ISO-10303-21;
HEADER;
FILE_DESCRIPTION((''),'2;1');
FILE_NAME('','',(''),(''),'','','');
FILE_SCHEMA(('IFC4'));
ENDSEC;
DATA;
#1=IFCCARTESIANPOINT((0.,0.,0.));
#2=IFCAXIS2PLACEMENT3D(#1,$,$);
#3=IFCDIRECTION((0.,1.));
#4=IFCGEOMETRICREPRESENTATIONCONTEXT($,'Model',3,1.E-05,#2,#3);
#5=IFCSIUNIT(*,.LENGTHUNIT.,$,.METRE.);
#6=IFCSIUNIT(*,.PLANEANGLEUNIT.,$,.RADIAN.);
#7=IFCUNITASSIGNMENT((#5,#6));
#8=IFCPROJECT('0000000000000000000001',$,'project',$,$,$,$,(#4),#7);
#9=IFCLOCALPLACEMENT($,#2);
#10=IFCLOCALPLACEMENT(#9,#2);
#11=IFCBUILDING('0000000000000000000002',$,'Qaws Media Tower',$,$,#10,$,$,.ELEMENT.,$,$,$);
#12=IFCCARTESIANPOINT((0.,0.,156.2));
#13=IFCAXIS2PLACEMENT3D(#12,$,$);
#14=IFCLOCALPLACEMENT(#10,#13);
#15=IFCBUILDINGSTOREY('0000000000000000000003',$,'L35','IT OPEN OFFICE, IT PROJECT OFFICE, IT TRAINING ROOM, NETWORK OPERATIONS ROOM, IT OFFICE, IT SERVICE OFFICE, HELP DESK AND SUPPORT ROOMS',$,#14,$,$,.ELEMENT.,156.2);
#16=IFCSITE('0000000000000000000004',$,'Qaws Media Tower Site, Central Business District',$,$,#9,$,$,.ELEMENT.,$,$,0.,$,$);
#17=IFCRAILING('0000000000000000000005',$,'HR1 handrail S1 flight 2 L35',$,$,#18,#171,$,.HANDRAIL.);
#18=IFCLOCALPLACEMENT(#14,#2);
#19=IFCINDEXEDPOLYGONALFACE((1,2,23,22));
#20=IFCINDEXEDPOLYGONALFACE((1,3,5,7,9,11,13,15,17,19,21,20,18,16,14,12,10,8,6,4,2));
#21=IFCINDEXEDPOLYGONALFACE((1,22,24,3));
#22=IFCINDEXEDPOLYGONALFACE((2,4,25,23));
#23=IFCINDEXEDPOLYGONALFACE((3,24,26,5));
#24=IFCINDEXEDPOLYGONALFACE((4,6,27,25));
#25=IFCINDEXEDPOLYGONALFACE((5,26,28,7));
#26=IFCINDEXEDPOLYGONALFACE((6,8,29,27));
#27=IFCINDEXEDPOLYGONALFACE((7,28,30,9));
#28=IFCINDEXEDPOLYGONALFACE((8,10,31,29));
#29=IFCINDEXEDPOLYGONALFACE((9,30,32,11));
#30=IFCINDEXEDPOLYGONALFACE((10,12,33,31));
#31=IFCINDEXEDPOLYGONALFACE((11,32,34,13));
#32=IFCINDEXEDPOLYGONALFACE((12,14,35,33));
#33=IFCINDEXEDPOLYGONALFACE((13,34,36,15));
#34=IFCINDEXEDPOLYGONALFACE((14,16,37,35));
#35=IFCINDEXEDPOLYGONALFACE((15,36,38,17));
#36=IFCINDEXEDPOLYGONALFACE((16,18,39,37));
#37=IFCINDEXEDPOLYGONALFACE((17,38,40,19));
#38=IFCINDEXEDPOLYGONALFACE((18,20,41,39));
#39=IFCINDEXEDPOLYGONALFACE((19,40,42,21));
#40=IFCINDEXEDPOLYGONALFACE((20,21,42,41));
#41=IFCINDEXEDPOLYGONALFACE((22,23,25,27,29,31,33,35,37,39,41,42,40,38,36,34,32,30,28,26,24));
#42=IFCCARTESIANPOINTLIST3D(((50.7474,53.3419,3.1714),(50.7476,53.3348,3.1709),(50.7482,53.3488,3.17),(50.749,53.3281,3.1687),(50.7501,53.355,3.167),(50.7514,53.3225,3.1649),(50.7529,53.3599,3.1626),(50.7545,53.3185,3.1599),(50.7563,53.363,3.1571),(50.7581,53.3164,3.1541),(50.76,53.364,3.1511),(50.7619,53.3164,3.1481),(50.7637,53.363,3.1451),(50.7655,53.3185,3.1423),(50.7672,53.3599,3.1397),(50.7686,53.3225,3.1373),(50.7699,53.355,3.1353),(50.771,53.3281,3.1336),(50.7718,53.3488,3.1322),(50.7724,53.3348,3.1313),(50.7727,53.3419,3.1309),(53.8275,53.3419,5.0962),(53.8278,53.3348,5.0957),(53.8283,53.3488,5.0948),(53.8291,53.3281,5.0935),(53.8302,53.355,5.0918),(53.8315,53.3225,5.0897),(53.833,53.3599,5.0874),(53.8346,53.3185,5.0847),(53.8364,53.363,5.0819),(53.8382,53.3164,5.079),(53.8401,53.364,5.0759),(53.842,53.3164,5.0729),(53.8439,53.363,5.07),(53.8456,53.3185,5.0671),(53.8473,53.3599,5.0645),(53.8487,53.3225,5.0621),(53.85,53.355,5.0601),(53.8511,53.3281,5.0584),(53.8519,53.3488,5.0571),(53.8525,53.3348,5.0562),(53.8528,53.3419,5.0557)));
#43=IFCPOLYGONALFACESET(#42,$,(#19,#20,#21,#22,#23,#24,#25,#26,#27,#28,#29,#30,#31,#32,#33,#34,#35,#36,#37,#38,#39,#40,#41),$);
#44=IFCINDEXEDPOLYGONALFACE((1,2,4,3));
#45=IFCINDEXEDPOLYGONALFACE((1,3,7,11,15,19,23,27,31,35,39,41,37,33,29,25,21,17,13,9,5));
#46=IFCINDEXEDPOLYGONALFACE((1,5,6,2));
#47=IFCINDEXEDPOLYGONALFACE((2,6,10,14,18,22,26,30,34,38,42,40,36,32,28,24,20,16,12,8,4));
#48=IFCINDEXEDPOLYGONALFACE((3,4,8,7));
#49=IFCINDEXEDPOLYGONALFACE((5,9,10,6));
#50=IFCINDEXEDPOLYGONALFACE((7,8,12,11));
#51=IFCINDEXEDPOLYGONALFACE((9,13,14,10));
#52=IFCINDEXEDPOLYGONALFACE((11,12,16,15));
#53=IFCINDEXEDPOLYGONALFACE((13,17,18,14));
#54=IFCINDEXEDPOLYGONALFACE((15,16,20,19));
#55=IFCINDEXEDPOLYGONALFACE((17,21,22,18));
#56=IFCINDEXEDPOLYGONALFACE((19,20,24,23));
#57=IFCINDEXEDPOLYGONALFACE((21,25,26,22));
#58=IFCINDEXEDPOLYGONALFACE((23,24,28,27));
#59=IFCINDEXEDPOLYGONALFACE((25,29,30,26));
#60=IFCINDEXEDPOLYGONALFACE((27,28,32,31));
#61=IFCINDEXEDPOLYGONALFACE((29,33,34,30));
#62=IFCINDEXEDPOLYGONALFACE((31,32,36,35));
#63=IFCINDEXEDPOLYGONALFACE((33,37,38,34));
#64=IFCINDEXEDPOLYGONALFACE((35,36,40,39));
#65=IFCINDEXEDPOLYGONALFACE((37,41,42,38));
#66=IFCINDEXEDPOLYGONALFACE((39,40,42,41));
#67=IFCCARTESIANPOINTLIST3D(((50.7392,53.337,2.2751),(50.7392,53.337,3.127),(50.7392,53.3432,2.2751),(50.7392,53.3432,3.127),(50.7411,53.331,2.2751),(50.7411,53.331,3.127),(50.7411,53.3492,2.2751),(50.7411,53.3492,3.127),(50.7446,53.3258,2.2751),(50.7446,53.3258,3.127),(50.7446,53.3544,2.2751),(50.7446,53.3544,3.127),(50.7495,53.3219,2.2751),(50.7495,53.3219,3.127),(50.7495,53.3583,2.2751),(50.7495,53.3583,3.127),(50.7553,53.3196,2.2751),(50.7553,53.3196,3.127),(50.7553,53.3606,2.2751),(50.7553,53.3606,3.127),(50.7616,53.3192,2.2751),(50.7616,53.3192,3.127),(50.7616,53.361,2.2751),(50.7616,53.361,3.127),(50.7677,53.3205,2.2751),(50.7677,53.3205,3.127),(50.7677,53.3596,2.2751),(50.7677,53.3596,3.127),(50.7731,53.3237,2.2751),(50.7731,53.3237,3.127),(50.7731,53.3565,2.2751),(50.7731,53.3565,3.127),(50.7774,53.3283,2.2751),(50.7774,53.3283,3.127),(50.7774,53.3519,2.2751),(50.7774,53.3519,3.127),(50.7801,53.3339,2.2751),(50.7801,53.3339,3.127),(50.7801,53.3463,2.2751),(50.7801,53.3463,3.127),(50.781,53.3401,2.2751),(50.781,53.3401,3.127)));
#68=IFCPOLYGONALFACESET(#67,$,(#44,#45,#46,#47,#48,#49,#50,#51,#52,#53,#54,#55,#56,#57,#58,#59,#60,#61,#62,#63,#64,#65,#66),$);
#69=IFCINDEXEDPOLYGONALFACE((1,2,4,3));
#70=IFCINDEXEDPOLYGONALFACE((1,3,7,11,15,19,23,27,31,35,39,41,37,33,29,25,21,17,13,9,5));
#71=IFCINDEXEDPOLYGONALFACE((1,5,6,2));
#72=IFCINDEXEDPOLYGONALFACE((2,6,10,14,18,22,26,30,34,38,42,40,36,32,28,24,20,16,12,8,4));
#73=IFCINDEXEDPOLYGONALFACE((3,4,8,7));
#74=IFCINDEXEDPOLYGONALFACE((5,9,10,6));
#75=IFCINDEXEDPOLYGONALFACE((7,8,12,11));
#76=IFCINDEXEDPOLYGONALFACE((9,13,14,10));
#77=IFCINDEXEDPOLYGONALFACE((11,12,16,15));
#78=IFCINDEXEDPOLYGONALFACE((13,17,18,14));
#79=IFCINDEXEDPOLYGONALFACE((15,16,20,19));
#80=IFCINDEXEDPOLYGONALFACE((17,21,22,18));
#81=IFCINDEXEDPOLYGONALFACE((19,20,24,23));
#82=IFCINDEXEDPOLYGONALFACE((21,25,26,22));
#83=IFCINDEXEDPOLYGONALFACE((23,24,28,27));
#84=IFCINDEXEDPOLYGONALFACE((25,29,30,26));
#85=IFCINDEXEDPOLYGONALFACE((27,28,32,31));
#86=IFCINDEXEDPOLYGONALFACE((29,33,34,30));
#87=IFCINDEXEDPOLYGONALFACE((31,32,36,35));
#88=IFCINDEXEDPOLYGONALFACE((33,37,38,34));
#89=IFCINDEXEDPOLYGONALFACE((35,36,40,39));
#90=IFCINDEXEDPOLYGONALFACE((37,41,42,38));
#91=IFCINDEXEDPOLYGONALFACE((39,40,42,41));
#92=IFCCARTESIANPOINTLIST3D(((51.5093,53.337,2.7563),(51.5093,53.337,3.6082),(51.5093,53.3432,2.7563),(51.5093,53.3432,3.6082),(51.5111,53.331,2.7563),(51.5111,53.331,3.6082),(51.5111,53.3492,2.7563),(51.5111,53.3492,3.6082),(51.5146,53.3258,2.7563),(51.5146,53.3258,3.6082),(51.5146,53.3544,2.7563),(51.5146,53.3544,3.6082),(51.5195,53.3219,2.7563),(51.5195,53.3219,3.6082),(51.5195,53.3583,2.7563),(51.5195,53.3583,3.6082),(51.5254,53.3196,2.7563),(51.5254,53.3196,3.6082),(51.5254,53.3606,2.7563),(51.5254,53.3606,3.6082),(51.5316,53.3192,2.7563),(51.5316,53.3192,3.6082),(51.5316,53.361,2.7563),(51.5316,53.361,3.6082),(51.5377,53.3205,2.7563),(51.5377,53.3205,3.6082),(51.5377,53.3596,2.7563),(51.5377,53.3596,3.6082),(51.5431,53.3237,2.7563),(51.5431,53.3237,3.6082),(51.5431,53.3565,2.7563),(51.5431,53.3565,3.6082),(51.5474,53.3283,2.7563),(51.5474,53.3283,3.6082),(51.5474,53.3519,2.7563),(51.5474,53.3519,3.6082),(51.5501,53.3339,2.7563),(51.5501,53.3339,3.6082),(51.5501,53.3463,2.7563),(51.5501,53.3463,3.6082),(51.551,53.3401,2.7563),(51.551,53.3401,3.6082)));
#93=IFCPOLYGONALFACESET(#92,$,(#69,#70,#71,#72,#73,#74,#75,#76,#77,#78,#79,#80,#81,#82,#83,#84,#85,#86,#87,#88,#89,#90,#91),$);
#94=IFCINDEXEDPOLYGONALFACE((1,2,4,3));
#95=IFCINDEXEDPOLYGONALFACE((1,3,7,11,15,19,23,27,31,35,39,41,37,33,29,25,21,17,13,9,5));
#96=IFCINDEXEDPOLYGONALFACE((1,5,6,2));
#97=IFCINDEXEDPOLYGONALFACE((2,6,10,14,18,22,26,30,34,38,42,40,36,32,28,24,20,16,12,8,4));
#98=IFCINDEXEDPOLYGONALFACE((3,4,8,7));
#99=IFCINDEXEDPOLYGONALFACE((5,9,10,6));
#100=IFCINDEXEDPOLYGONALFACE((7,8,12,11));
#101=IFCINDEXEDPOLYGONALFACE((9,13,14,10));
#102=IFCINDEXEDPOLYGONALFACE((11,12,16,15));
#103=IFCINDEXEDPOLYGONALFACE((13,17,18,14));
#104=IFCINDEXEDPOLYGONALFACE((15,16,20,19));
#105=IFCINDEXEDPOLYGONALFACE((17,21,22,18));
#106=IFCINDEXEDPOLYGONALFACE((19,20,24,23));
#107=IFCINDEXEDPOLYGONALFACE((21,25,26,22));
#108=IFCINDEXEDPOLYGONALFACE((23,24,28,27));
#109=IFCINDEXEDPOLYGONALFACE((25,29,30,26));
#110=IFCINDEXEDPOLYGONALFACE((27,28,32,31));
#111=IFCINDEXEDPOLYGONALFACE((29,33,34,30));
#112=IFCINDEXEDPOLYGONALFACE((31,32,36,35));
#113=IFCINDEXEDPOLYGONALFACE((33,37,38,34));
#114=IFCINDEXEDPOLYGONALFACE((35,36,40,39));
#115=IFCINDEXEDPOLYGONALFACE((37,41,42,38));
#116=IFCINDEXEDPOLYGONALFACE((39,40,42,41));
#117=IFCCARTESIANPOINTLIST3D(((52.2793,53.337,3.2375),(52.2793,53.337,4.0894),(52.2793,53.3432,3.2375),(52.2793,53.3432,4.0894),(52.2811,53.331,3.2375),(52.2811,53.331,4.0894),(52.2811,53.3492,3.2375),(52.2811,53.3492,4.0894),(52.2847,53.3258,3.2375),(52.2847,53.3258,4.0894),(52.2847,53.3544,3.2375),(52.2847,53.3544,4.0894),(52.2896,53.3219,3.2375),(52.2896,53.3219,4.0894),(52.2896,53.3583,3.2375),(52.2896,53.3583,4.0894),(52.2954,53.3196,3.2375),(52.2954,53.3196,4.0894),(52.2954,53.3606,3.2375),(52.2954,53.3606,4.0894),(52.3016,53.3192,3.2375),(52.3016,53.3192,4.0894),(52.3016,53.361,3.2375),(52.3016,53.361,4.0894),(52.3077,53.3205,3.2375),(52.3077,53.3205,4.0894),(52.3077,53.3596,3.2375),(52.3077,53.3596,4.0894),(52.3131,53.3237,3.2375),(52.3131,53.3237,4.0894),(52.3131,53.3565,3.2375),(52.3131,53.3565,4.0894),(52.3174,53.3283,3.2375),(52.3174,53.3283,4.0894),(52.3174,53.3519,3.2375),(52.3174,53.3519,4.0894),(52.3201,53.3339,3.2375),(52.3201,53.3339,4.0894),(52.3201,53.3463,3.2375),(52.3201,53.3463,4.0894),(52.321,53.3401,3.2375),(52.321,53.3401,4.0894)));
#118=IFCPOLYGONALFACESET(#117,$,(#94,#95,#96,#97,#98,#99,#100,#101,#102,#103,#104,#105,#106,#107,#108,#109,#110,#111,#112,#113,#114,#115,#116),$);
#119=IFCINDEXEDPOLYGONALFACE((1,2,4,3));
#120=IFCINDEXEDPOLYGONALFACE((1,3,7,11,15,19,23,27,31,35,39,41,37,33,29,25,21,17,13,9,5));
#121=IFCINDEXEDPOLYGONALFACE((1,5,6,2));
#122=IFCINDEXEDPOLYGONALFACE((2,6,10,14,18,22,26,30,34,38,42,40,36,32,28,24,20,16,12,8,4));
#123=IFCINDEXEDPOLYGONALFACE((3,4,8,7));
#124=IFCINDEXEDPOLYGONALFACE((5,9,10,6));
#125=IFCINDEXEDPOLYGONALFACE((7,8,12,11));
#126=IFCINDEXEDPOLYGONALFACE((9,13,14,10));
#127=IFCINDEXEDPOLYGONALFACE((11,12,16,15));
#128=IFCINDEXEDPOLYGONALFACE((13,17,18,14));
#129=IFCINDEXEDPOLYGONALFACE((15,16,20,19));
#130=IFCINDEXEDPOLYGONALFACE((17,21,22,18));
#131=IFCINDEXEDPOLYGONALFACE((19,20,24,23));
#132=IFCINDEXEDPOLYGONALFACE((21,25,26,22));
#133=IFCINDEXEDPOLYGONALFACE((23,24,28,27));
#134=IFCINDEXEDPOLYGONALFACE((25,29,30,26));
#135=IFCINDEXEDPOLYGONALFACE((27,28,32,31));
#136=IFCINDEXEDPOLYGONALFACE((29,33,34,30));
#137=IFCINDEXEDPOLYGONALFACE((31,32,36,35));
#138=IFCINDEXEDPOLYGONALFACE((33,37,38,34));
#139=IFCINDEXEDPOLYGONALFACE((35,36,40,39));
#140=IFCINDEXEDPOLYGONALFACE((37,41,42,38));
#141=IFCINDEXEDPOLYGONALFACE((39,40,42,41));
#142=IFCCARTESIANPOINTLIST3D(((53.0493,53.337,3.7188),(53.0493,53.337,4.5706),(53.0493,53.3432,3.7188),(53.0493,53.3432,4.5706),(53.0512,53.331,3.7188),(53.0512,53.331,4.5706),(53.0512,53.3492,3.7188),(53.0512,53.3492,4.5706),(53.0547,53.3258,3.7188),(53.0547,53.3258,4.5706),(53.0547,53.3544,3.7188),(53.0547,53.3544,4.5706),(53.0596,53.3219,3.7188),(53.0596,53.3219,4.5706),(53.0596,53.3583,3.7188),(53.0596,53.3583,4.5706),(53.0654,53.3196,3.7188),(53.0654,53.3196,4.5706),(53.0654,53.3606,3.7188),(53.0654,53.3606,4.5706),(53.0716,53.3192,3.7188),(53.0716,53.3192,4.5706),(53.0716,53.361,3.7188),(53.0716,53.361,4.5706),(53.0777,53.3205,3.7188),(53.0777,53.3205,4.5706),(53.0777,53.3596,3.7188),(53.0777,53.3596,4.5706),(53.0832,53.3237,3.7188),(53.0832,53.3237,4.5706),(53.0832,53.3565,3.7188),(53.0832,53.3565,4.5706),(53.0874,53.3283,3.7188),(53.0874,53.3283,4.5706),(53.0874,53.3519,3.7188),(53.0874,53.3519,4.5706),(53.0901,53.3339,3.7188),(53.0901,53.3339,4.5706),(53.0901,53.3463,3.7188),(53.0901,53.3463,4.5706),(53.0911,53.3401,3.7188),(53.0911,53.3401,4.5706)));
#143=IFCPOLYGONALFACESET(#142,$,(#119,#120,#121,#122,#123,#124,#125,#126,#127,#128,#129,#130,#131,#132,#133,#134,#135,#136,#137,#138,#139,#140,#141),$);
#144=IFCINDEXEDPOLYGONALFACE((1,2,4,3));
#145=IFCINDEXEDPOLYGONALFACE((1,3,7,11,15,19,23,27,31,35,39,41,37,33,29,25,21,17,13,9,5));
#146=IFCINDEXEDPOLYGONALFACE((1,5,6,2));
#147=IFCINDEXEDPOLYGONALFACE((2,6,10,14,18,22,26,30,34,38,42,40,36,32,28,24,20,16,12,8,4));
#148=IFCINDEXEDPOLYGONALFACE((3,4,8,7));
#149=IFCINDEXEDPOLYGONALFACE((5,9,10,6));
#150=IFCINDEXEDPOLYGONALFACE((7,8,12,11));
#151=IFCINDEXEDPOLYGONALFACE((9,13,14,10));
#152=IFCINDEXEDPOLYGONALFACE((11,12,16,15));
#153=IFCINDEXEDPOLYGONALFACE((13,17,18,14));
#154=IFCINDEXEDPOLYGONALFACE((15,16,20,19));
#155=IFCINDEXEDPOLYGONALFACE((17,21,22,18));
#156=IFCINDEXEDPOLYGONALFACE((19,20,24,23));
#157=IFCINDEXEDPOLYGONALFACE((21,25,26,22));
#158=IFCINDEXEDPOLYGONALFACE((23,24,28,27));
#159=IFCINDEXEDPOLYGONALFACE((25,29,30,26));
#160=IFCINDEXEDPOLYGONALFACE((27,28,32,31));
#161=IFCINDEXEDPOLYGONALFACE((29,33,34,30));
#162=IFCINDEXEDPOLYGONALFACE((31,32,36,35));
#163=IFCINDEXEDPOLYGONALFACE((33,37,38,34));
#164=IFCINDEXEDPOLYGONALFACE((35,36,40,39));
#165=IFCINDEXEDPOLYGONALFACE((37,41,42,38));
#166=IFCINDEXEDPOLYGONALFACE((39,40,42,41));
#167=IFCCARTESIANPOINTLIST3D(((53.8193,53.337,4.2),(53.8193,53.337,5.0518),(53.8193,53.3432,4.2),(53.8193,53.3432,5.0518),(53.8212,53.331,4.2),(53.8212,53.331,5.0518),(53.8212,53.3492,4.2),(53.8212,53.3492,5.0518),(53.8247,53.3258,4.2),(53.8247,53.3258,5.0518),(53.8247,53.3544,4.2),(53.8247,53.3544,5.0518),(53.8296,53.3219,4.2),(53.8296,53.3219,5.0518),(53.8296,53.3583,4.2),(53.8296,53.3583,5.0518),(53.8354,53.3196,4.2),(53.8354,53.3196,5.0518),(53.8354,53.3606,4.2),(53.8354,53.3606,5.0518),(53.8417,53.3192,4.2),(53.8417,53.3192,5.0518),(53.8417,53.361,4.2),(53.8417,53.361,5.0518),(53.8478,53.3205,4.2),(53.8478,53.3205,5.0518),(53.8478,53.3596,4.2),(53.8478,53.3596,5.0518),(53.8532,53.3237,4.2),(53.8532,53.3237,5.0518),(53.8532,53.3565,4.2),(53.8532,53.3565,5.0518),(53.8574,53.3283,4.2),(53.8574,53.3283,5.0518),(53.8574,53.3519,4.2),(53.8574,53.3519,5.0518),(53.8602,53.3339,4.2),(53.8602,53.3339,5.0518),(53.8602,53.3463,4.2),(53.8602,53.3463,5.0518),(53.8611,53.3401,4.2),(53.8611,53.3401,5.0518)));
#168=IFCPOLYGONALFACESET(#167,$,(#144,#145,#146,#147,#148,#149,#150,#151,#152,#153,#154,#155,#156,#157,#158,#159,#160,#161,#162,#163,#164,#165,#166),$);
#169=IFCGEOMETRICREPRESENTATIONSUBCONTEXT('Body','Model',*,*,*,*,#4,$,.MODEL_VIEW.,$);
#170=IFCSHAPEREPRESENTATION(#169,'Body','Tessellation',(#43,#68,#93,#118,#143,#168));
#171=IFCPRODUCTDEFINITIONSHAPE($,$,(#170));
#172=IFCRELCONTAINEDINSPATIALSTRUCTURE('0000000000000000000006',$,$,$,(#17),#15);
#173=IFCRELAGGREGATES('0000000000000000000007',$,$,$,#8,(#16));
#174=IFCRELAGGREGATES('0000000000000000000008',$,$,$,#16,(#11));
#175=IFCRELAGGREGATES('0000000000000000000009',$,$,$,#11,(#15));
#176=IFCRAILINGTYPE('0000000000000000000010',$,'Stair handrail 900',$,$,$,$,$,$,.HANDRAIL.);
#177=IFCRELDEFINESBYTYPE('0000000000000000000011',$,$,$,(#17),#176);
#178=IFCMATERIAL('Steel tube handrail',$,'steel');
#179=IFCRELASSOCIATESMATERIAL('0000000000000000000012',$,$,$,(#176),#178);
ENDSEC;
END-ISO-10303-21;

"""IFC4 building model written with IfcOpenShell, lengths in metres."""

from ifc_helpers import new_model, si_unit, direction, frame, origin, origin_2d, place, context, subcontext, project, spatial, circle, extrude, material, type_object, element, save


model = new_model("IFC4")

# Units and contexts
model_context = context("Model", 3, precision=1e-05, world=origin(), true_north=direction((0.0, 1.0)))
body_context = subcontext(model_context, "Body", "Model", "MODEL_VIEW")
ifc_project = project(units=[si_unit("LENGTHUNIT", "METRE"), si_unit("PLANEANGLEUNIT", "RADIAN")], contexts=[model_context])

# Site, building, storey
site_placement = place(None, origin())
site = spatial("IfcSite", under=ifc_project, at=site_placement, Name="Qaws Media Tower Site, Central Business District", CompositionType="ELEMENT", RefElevation=0.0)
building_placement = place(site_placement, origin())
building = spatial("IfcBuilding", under=site, at=building_placement, Name="Qaws Media Tower", CompositionType="ELEMENT")
storey_placement = place(building_placement, frame((0.0, 0.0, 156.2)))
storey = spatial("IfcBuildingStorey", under=building, at=storey_placement, Name="L35", Description="IT OPEN OFFICE, IT PROJECT OFFICE, IT TRAINING ROOM, NETWORK OPERATIONS ROOM, IT OFFICE, IT SERVICE OFFICE, HELP DESK AND SUPPORT ROOMS", CompositionType="ELEMENT", Elevation=156.2)

# Railing
ifc_material_1 = material(Name="Steel tube handrail", Category="steel")
railing_type = type_object("IfcRailingType", Name="Stair handrail 900", PredefinedType="HANDRAIL", material=ifc_material_1)
for number, where, name in (
    (1, (50.76, 53.3401, 2.2751), "HR1 handrail S1 flight 2 L35"),
):
    element("IfcRailing", number, at=place(storey_placement, frame(where)), inside=storey, type_object=railing_type, Name=name, PredefinedType="HANDRAIL", context=body_context, shape_type="SweptSolid", body=[
        extrude(circle(Radius=0.0239, at=origin_2d()), frame((0.0, 0.0, 0.876), z_axis=(0.848029, 0.0, 0.529951), x_axis=(0.0, 1.0, 0.0)), (0.0, 0.0, 1.0), 3.6321),
        extrude(circle(Radius=0.021, at=origin_2d()), origin(), (0.0, 0.0, 1.0), 0.8518),
        extrude(circle(Radius=0.021, at=origin_2d()), frame((0.77, 0.0, 0.4812)), (0.0, 0.0, 1.0), 0.8518),
        extrude(circle(Radius=0.021, at=origin_2d()), frame((1.54, 0.0, 0.9624)), (0.0, 0.0, 1.0), 0.8518),
        extrude(circle(Radius=0.021, at=origin_2d()), frame((2.3101, 0.0, 1.4436)), (0.0, 0.0, 1.0), 0.8518),
        extrude(circle(Radius=0.021, at=origin_2d()), frame((3.0801, 0.0, 1.9248)), (0.0, 0.0, 1.0), 0.8518),
    ])

save(model, "model.ifc")
